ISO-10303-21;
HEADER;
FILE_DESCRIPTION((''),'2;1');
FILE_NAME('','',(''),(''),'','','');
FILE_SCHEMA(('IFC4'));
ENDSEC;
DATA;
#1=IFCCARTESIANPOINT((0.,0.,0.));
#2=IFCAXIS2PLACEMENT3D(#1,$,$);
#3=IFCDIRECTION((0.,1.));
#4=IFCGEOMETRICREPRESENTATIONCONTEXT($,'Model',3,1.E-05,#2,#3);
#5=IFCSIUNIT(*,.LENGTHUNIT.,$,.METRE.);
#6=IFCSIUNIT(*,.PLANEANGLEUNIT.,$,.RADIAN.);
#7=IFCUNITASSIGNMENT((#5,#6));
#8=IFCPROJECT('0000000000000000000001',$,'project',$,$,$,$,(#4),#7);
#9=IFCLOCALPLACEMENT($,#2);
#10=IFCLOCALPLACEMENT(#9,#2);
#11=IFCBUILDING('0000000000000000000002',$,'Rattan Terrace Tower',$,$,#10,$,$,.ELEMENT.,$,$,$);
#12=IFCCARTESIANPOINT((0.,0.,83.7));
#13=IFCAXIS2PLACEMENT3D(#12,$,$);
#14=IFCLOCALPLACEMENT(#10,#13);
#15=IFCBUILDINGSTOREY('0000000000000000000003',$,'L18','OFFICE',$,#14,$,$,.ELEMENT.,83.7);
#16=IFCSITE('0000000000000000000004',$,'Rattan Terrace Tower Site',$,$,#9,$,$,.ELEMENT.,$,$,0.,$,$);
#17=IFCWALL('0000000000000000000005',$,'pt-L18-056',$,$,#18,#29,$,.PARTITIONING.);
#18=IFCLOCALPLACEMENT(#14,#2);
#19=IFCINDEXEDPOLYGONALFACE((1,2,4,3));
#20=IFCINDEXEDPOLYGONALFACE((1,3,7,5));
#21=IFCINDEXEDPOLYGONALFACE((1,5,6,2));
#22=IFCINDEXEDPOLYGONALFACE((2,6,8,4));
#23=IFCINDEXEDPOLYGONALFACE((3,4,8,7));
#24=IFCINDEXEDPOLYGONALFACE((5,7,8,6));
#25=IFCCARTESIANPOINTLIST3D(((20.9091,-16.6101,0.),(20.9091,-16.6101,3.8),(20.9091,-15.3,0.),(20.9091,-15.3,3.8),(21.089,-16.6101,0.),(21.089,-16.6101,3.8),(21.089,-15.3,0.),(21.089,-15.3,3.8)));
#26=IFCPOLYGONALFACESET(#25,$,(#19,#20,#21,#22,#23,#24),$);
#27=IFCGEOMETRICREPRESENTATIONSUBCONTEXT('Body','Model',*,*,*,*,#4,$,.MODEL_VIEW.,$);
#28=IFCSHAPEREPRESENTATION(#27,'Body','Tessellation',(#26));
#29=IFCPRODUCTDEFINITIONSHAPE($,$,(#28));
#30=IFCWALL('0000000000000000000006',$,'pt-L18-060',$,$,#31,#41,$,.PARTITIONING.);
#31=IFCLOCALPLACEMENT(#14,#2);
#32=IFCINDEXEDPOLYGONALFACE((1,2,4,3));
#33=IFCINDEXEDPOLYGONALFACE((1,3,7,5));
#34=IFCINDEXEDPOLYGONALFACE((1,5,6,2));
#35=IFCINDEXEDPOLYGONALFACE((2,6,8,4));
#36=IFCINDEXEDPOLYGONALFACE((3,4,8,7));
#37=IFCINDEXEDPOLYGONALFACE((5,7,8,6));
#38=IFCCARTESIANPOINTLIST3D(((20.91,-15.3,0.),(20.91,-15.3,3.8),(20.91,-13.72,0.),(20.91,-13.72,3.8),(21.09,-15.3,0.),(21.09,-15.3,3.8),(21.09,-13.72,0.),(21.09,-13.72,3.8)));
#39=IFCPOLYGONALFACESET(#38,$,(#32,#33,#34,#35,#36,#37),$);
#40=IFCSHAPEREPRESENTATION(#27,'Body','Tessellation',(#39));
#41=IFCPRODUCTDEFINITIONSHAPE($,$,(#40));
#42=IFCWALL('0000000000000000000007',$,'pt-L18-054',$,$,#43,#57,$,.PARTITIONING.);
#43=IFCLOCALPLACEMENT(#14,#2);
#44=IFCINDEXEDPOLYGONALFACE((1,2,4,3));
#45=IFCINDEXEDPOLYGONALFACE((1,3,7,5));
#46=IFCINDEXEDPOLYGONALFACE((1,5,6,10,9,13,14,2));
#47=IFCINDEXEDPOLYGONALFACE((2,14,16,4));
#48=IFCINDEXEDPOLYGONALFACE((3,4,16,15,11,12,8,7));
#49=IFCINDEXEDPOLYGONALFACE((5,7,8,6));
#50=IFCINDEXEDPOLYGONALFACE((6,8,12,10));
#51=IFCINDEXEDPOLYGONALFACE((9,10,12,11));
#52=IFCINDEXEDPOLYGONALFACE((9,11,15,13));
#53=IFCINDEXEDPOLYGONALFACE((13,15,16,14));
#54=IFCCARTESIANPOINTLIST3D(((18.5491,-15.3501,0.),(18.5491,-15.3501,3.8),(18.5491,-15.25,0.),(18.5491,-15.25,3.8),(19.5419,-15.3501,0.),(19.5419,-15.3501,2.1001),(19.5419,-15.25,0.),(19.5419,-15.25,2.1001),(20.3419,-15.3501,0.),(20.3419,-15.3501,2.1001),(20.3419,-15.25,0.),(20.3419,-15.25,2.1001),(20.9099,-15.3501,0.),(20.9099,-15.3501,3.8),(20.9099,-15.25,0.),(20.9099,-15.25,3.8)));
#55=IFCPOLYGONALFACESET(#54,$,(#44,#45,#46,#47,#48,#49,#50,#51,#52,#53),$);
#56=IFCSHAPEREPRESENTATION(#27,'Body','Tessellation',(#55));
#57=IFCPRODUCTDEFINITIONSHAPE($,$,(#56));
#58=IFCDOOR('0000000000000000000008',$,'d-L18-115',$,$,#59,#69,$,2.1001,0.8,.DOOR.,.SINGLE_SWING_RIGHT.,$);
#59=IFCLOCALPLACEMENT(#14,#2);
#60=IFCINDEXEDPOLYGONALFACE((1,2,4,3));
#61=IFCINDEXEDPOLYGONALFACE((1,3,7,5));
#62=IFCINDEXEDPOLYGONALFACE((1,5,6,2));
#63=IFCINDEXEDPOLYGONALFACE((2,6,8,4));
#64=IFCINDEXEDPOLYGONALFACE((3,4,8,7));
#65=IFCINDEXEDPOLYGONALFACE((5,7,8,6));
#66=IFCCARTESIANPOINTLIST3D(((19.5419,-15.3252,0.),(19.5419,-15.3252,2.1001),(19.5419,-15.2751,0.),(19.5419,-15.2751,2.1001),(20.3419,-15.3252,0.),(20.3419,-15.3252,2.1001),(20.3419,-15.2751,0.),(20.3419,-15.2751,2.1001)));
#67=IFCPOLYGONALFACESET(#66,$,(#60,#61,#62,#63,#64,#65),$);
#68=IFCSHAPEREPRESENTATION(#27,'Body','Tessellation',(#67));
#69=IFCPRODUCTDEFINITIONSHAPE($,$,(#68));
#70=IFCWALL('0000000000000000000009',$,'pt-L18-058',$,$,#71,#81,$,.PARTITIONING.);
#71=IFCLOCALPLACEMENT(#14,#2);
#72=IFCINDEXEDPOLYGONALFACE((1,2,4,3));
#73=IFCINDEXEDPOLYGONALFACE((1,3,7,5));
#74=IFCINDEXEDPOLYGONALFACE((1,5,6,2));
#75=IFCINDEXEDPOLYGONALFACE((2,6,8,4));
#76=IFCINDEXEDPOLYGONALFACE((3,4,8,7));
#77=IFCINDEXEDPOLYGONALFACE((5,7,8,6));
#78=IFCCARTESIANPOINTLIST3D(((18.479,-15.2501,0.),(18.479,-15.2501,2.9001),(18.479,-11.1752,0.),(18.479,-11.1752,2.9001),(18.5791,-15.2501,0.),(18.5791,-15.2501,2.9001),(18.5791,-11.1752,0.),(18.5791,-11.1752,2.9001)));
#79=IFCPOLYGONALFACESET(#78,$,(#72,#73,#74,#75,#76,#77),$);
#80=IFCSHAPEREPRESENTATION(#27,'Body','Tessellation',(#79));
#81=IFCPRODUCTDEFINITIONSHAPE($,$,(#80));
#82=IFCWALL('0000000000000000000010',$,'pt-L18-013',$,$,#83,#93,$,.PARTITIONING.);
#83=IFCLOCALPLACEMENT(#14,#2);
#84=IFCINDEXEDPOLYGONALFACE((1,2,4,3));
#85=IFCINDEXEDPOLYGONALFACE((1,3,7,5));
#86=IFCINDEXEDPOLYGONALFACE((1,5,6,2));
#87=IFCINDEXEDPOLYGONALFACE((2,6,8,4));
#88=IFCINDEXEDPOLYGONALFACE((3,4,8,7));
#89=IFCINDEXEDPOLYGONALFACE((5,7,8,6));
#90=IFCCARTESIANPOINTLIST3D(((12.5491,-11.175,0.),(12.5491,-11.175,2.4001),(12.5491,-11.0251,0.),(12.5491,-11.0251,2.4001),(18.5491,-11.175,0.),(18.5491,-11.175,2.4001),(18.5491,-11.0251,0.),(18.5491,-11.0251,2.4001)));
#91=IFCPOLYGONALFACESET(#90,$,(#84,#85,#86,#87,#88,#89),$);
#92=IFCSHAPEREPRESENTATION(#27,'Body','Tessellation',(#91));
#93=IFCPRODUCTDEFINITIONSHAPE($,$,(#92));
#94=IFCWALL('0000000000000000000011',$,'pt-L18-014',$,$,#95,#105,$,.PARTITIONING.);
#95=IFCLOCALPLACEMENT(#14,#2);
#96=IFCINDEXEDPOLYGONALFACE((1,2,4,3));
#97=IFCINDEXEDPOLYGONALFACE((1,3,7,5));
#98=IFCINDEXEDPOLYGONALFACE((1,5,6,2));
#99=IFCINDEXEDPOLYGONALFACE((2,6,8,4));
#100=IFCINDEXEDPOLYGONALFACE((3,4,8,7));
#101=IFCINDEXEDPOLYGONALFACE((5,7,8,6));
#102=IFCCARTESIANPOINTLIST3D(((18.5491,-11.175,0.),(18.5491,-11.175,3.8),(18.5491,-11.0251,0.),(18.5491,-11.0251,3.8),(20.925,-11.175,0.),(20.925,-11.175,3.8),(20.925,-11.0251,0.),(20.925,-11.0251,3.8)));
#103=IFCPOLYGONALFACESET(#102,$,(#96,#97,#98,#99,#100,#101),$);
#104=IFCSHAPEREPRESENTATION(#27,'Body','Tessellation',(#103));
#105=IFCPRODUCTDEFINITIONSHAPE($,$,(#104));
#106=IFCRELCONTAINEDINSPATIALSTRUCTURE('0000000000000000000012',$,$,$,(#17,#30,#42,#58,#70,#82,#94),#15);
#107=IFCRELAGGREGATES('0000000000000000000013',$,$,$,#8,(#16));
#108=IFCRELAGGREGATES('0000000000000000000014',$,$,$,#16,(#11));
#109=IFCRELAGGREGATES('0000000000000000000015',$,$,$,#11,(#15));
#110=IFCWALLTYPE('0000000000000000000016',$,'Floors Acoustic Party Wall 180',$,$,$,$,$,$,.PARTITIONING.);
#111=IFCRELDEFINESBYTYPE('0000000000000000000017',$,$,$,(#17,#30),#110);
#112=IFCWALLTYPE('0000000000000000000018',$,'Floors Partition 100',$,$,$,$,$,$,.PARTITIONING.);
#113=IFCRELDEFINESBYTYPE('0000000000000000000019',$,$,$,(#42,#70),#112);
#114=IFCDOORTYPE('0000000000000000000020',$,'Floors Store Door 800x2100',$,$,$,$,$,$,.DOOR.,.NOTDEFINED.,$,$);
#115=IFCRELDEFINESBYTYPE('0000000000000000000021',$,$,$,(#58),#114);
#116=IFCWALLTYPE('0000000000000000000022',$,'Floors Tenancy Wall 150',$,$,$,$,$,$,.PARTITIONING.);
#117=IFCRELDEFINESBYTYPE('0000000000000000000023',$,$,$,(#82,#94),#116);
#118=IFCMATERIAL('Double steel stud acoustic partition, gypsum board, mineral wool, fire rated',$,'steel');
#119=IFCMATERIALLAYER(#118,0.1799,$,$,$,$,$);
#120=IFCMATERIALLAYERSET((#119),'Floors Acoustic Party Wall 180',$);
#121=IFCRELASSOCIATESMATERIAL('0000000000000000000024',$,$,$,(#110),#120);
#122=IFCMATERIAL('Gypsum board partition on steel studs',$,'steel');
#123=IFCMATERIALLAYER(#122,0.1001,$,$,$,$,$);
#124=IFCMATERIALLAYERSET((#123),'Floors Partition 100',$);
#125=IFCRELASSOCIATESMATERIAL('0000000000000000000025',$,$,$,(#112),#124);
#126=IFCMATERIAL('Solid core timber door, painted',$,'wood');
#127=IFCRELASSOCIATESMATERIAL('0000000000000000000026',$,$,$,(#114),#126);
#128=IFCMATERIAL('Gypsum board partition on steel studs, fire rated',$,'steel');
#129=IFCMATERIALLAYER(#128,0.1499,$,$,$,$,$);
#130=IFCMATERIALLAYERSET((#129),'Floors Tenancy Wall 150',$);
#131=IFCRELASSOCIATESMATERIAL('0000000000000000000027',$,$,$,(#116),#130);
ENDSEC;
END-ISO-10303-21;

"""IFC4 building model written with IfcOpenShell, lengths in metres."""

from ifc_helpers import new_model, si_unit, direction, frame, frame_2d, origin, place, context, subcontext, project, spatial, rectangle, extrude, material, layer, layer_set, type_object, element, fill, save


model = new_model("IFC4")

# Units and contexts
model_context = context("Model", 3, precision=1e-05, world=origin(), true_north=direction((0.0, 1.0)))
body_context = subcontext(model_context, "Body", "Model", "MODEL_VIEW")
ifc_project = project(units=[si_unit("LENGTHUNIT", "METRE"), si_unit("PLANEANGLEUNIT", "RADIAN")], contexts=[model_context])

# Site, building, storey
site_placement = place(None, origin())
site = spatial("IfcSite", under=ifc_project, at=site_placement, Name="Rattan Terrace Tower Site", CompositionType="ELEMENT", RefElevation=0.0)
building_placement = place(site_placement, origin())
building = spatial("IfcBuilding", under=site, at=building_placement, Name="Rattan Terrace Tower", CompositionType="ELEMENT")
storey_placement = place(building_placement, frame((0.0, 0.0, 83.7)))
storey = spatial("IfcBuildingStorey", under=building, at=storey_placement, Name="L18", Description="OFFICE", CompositionType="ELEMENT", Elevation=83.7)

# Walls
ifc_material_1 = material(Name="Double steel stud acoustic partition, gypsum board, mineral wool, fire rated", Category="steel")
ifc_layer_1 = layer(ifc_material_1, 0.1799)
ifc_layer_set_1 = layer_set([ifc_layer_1], Name="Floors Acoustic Party Wall 180")
wall_type_1 = type_object("IfcWallType", Name="Floors Acoustic Party Wall 180", PredefinedType="PARTITIONING", material=ifc_layer_set_1)
wall_1_placement = place(storey_placement, frame((20.999, -15.3, 0.0), z_axis=(0.0, 0.0, 1.0), x_axis=(0.0, -1.0, 0.0)))
element("IfcWall", 1, at=wall_1_placement, inside=storey, type_object=wall_type_1, Name="pt-L18-056", PredefinedType="PARTITIONING", context=body_context, shape_type="SweptSolid", body=[
    extrude(rectangle(XDim=1.3101, YDim=0.1799, at=frame_2d((0.655, 0.0))), origin(), (0.0, 0.0, 1.0), 3.8),
])
wall_2_placement = place(storey_placement, frame((21.0, -13.72, 0.0), z_axis=(0.0, 0.0, 1.0), x_axis=(0.0, -1.0, 0.0)))
element("IfcWall", 2, at=wall_2_placement, inside=storey, type_object=wall_type_1, Name="pt-L18-060", PredefinedType="PARTITIONING", context=body_context, shape_type="SweptSolid", body=[
    extrude(rectangle(XDim=1.5801, YDim=0.1799, at=frame_2d((0.79, 0.0))), origin(), (0.0, 0.0, 1.0), 3.8),
])

# Wall, opening, door
ifc_material_2 = material(Name="Gypsum board partition on steel studs", Category="steel")
ifc_layer_2 = layer(ifc_material_2, 0.1001)
ifc_layer_set_2 = layer_set([ifc_layer_2], Name="Floors Partition 100")
wall_type_2 = type_object("IfcWallType", Name="Floors Partition 100", PredefinedType="PARTITIONING", material=ifc_layer_set_2)
wall_3_placement = place(storey_placement, frame((18.5491, -15.3, 0.0), z_axis=(0.0, 0.0, 1.0), x_axis=(1.0, 0.0, 0.0)))
wall_3 = element("IfcWall", 3, at=wall_3_placement, inside=storey, type_object=wall_type_2, Name="pt-L18-054", PredefinedType="PARTITIONING", context=body_context, shape_type="SweptSolid", body=[
    extrude(rectangle(XDim=2.3608, YDim=0.1001, at=frame_2d((1.1804, 0.0))), origin(), (0.0, 0.0, 1.0), 3.8),
])
opening_1_placement = place(wall_3_placement, frame((0.9929, 0.0, 0.0)))
opening_1 = element("IfcOpeningElement", 4, at=opening_1_placement, cuts=wall_3, PredefinedType="OPENING", context=body_context, shape_type="SweptSolid", body=[
    extrude(rectangle(XDim=0.8, YDim=2.1001, at=frame_2d((0.3999, 1.05))), frame((0.0, 0.0605, 0.0), z_axis=(0.0, -1.0, 0.0), x_axis=(1.0, 0.0, 0.0)), (0.0, 0.0, 1.0), 0.1211),
])
ifc_material_3 = material(Name="Solid core timber door, painted", Category="wood")
door_type_1 = type_object("IfcDoorType", Name="Floors Store Door 800x2100", OperationType="NOTDEFINED", PredefinedType="DOOR", material=ifc_material_3)
door_1_placement = place(opening_1_placement, origin())
door_1 = element("IfcDoor", 5, at=door_1_placement, inside=storey, type_object=door_type_1, Name="d-L18-115", OperationType="SINGLE_SWING_RIGHT", OverallHeight=2.1001, OverallWidth=0.8, PredefinedType="DOOR", context=body_context, shape_type="SweptSolid", body=[
    extrude(rectangle(XDim=0.8, YDim=2.1001, at=frame_2d((0.3999, 1.05))), frame((0.0, 0.0249, 0.0), z_axis=(0.0, -1.0, 0.0), x_axis=(1.0, 0.0, 0.0)), (0.0, 0.0, 1.0), 0.05),
])
fill(opening_1, door_1)

# Walls
wall_4_placement = place(storey_placement, frame((18.5291, -11.175, 0.0), z_axis=(0.0, 0.0, 1.0), x_axis=(0.0, -1.0, 0.0)))
element("IfcWall", 6, at=wall_4_placement, inside=storey, type_object=wall_type_2, Name="pt-L18-058", PredefinedType="PARTITIONING", context=body_context, shape_type="SweptSolid", body=[
    extrude(rectangle(XDim=4.075, YDim=0.1001, at=frame_2d((2.0376, 0.0))), origin(), (0.0, 0.0, 1.0), 2.9001),
])
ifc_material_4 = material(Name="Gypsum board partition on steel studs, fire rated", Category="steel")
ifc_layer_3 = layer(ifc_material_4, 0.1499)
ifc_layer_set_3 = layer_set([ifc_layer_3], Name="Floors Tenancy Wall 150")
wall_type_3 = type_object("IfcWallType", Name="Floors Tenancy Wall 150", PredefinedType="PARTITIONING", material=ifc_layer_set_3)
wall_5_placement = place(storey_placement, frame((18.5491, -11.1001, 0.0), z_axis=(0.0, 0.0, 1.0), x_axis=(-1.0, 0.0, 0.0)))
element("IfcWall", 7, at=wall_5_placement, inside=storey, type_object=wall_type_3, Name="pt-L18-013", PredefinedType="PARTITIONING", context=body_context, shape_type="SweptSolid", body=[
    extrude(rectangle(XDim=6.0, YDim=0.1499, at=frame_2d((3.0, 0.0))), origin(), (0.0, 0.0, 1.0), 2.4001),
])
wall_6_placement = place(storey_placement, frame((20.925, -11.1001, 0.0), z_axis=(0.0, 0.0, 1.0), x_axis=(-1.0, 0.0, 0.0)))
element("IfcWall", 8, at=wall_6_placement, inside=storey, type_object=wall_type_3, Name="pt-L18-014", PredefinedType="PARTITIONING", context=body_context, shape_type="SweptSolid", body=[
    extrude(rectangle(XDim=2.376, YDim=0.1499, at=frame_2d((1.188, 0.0))), origin(), (0.0, 0.0, 1.0), 3.8),
])

save(model, "model.ifc")
